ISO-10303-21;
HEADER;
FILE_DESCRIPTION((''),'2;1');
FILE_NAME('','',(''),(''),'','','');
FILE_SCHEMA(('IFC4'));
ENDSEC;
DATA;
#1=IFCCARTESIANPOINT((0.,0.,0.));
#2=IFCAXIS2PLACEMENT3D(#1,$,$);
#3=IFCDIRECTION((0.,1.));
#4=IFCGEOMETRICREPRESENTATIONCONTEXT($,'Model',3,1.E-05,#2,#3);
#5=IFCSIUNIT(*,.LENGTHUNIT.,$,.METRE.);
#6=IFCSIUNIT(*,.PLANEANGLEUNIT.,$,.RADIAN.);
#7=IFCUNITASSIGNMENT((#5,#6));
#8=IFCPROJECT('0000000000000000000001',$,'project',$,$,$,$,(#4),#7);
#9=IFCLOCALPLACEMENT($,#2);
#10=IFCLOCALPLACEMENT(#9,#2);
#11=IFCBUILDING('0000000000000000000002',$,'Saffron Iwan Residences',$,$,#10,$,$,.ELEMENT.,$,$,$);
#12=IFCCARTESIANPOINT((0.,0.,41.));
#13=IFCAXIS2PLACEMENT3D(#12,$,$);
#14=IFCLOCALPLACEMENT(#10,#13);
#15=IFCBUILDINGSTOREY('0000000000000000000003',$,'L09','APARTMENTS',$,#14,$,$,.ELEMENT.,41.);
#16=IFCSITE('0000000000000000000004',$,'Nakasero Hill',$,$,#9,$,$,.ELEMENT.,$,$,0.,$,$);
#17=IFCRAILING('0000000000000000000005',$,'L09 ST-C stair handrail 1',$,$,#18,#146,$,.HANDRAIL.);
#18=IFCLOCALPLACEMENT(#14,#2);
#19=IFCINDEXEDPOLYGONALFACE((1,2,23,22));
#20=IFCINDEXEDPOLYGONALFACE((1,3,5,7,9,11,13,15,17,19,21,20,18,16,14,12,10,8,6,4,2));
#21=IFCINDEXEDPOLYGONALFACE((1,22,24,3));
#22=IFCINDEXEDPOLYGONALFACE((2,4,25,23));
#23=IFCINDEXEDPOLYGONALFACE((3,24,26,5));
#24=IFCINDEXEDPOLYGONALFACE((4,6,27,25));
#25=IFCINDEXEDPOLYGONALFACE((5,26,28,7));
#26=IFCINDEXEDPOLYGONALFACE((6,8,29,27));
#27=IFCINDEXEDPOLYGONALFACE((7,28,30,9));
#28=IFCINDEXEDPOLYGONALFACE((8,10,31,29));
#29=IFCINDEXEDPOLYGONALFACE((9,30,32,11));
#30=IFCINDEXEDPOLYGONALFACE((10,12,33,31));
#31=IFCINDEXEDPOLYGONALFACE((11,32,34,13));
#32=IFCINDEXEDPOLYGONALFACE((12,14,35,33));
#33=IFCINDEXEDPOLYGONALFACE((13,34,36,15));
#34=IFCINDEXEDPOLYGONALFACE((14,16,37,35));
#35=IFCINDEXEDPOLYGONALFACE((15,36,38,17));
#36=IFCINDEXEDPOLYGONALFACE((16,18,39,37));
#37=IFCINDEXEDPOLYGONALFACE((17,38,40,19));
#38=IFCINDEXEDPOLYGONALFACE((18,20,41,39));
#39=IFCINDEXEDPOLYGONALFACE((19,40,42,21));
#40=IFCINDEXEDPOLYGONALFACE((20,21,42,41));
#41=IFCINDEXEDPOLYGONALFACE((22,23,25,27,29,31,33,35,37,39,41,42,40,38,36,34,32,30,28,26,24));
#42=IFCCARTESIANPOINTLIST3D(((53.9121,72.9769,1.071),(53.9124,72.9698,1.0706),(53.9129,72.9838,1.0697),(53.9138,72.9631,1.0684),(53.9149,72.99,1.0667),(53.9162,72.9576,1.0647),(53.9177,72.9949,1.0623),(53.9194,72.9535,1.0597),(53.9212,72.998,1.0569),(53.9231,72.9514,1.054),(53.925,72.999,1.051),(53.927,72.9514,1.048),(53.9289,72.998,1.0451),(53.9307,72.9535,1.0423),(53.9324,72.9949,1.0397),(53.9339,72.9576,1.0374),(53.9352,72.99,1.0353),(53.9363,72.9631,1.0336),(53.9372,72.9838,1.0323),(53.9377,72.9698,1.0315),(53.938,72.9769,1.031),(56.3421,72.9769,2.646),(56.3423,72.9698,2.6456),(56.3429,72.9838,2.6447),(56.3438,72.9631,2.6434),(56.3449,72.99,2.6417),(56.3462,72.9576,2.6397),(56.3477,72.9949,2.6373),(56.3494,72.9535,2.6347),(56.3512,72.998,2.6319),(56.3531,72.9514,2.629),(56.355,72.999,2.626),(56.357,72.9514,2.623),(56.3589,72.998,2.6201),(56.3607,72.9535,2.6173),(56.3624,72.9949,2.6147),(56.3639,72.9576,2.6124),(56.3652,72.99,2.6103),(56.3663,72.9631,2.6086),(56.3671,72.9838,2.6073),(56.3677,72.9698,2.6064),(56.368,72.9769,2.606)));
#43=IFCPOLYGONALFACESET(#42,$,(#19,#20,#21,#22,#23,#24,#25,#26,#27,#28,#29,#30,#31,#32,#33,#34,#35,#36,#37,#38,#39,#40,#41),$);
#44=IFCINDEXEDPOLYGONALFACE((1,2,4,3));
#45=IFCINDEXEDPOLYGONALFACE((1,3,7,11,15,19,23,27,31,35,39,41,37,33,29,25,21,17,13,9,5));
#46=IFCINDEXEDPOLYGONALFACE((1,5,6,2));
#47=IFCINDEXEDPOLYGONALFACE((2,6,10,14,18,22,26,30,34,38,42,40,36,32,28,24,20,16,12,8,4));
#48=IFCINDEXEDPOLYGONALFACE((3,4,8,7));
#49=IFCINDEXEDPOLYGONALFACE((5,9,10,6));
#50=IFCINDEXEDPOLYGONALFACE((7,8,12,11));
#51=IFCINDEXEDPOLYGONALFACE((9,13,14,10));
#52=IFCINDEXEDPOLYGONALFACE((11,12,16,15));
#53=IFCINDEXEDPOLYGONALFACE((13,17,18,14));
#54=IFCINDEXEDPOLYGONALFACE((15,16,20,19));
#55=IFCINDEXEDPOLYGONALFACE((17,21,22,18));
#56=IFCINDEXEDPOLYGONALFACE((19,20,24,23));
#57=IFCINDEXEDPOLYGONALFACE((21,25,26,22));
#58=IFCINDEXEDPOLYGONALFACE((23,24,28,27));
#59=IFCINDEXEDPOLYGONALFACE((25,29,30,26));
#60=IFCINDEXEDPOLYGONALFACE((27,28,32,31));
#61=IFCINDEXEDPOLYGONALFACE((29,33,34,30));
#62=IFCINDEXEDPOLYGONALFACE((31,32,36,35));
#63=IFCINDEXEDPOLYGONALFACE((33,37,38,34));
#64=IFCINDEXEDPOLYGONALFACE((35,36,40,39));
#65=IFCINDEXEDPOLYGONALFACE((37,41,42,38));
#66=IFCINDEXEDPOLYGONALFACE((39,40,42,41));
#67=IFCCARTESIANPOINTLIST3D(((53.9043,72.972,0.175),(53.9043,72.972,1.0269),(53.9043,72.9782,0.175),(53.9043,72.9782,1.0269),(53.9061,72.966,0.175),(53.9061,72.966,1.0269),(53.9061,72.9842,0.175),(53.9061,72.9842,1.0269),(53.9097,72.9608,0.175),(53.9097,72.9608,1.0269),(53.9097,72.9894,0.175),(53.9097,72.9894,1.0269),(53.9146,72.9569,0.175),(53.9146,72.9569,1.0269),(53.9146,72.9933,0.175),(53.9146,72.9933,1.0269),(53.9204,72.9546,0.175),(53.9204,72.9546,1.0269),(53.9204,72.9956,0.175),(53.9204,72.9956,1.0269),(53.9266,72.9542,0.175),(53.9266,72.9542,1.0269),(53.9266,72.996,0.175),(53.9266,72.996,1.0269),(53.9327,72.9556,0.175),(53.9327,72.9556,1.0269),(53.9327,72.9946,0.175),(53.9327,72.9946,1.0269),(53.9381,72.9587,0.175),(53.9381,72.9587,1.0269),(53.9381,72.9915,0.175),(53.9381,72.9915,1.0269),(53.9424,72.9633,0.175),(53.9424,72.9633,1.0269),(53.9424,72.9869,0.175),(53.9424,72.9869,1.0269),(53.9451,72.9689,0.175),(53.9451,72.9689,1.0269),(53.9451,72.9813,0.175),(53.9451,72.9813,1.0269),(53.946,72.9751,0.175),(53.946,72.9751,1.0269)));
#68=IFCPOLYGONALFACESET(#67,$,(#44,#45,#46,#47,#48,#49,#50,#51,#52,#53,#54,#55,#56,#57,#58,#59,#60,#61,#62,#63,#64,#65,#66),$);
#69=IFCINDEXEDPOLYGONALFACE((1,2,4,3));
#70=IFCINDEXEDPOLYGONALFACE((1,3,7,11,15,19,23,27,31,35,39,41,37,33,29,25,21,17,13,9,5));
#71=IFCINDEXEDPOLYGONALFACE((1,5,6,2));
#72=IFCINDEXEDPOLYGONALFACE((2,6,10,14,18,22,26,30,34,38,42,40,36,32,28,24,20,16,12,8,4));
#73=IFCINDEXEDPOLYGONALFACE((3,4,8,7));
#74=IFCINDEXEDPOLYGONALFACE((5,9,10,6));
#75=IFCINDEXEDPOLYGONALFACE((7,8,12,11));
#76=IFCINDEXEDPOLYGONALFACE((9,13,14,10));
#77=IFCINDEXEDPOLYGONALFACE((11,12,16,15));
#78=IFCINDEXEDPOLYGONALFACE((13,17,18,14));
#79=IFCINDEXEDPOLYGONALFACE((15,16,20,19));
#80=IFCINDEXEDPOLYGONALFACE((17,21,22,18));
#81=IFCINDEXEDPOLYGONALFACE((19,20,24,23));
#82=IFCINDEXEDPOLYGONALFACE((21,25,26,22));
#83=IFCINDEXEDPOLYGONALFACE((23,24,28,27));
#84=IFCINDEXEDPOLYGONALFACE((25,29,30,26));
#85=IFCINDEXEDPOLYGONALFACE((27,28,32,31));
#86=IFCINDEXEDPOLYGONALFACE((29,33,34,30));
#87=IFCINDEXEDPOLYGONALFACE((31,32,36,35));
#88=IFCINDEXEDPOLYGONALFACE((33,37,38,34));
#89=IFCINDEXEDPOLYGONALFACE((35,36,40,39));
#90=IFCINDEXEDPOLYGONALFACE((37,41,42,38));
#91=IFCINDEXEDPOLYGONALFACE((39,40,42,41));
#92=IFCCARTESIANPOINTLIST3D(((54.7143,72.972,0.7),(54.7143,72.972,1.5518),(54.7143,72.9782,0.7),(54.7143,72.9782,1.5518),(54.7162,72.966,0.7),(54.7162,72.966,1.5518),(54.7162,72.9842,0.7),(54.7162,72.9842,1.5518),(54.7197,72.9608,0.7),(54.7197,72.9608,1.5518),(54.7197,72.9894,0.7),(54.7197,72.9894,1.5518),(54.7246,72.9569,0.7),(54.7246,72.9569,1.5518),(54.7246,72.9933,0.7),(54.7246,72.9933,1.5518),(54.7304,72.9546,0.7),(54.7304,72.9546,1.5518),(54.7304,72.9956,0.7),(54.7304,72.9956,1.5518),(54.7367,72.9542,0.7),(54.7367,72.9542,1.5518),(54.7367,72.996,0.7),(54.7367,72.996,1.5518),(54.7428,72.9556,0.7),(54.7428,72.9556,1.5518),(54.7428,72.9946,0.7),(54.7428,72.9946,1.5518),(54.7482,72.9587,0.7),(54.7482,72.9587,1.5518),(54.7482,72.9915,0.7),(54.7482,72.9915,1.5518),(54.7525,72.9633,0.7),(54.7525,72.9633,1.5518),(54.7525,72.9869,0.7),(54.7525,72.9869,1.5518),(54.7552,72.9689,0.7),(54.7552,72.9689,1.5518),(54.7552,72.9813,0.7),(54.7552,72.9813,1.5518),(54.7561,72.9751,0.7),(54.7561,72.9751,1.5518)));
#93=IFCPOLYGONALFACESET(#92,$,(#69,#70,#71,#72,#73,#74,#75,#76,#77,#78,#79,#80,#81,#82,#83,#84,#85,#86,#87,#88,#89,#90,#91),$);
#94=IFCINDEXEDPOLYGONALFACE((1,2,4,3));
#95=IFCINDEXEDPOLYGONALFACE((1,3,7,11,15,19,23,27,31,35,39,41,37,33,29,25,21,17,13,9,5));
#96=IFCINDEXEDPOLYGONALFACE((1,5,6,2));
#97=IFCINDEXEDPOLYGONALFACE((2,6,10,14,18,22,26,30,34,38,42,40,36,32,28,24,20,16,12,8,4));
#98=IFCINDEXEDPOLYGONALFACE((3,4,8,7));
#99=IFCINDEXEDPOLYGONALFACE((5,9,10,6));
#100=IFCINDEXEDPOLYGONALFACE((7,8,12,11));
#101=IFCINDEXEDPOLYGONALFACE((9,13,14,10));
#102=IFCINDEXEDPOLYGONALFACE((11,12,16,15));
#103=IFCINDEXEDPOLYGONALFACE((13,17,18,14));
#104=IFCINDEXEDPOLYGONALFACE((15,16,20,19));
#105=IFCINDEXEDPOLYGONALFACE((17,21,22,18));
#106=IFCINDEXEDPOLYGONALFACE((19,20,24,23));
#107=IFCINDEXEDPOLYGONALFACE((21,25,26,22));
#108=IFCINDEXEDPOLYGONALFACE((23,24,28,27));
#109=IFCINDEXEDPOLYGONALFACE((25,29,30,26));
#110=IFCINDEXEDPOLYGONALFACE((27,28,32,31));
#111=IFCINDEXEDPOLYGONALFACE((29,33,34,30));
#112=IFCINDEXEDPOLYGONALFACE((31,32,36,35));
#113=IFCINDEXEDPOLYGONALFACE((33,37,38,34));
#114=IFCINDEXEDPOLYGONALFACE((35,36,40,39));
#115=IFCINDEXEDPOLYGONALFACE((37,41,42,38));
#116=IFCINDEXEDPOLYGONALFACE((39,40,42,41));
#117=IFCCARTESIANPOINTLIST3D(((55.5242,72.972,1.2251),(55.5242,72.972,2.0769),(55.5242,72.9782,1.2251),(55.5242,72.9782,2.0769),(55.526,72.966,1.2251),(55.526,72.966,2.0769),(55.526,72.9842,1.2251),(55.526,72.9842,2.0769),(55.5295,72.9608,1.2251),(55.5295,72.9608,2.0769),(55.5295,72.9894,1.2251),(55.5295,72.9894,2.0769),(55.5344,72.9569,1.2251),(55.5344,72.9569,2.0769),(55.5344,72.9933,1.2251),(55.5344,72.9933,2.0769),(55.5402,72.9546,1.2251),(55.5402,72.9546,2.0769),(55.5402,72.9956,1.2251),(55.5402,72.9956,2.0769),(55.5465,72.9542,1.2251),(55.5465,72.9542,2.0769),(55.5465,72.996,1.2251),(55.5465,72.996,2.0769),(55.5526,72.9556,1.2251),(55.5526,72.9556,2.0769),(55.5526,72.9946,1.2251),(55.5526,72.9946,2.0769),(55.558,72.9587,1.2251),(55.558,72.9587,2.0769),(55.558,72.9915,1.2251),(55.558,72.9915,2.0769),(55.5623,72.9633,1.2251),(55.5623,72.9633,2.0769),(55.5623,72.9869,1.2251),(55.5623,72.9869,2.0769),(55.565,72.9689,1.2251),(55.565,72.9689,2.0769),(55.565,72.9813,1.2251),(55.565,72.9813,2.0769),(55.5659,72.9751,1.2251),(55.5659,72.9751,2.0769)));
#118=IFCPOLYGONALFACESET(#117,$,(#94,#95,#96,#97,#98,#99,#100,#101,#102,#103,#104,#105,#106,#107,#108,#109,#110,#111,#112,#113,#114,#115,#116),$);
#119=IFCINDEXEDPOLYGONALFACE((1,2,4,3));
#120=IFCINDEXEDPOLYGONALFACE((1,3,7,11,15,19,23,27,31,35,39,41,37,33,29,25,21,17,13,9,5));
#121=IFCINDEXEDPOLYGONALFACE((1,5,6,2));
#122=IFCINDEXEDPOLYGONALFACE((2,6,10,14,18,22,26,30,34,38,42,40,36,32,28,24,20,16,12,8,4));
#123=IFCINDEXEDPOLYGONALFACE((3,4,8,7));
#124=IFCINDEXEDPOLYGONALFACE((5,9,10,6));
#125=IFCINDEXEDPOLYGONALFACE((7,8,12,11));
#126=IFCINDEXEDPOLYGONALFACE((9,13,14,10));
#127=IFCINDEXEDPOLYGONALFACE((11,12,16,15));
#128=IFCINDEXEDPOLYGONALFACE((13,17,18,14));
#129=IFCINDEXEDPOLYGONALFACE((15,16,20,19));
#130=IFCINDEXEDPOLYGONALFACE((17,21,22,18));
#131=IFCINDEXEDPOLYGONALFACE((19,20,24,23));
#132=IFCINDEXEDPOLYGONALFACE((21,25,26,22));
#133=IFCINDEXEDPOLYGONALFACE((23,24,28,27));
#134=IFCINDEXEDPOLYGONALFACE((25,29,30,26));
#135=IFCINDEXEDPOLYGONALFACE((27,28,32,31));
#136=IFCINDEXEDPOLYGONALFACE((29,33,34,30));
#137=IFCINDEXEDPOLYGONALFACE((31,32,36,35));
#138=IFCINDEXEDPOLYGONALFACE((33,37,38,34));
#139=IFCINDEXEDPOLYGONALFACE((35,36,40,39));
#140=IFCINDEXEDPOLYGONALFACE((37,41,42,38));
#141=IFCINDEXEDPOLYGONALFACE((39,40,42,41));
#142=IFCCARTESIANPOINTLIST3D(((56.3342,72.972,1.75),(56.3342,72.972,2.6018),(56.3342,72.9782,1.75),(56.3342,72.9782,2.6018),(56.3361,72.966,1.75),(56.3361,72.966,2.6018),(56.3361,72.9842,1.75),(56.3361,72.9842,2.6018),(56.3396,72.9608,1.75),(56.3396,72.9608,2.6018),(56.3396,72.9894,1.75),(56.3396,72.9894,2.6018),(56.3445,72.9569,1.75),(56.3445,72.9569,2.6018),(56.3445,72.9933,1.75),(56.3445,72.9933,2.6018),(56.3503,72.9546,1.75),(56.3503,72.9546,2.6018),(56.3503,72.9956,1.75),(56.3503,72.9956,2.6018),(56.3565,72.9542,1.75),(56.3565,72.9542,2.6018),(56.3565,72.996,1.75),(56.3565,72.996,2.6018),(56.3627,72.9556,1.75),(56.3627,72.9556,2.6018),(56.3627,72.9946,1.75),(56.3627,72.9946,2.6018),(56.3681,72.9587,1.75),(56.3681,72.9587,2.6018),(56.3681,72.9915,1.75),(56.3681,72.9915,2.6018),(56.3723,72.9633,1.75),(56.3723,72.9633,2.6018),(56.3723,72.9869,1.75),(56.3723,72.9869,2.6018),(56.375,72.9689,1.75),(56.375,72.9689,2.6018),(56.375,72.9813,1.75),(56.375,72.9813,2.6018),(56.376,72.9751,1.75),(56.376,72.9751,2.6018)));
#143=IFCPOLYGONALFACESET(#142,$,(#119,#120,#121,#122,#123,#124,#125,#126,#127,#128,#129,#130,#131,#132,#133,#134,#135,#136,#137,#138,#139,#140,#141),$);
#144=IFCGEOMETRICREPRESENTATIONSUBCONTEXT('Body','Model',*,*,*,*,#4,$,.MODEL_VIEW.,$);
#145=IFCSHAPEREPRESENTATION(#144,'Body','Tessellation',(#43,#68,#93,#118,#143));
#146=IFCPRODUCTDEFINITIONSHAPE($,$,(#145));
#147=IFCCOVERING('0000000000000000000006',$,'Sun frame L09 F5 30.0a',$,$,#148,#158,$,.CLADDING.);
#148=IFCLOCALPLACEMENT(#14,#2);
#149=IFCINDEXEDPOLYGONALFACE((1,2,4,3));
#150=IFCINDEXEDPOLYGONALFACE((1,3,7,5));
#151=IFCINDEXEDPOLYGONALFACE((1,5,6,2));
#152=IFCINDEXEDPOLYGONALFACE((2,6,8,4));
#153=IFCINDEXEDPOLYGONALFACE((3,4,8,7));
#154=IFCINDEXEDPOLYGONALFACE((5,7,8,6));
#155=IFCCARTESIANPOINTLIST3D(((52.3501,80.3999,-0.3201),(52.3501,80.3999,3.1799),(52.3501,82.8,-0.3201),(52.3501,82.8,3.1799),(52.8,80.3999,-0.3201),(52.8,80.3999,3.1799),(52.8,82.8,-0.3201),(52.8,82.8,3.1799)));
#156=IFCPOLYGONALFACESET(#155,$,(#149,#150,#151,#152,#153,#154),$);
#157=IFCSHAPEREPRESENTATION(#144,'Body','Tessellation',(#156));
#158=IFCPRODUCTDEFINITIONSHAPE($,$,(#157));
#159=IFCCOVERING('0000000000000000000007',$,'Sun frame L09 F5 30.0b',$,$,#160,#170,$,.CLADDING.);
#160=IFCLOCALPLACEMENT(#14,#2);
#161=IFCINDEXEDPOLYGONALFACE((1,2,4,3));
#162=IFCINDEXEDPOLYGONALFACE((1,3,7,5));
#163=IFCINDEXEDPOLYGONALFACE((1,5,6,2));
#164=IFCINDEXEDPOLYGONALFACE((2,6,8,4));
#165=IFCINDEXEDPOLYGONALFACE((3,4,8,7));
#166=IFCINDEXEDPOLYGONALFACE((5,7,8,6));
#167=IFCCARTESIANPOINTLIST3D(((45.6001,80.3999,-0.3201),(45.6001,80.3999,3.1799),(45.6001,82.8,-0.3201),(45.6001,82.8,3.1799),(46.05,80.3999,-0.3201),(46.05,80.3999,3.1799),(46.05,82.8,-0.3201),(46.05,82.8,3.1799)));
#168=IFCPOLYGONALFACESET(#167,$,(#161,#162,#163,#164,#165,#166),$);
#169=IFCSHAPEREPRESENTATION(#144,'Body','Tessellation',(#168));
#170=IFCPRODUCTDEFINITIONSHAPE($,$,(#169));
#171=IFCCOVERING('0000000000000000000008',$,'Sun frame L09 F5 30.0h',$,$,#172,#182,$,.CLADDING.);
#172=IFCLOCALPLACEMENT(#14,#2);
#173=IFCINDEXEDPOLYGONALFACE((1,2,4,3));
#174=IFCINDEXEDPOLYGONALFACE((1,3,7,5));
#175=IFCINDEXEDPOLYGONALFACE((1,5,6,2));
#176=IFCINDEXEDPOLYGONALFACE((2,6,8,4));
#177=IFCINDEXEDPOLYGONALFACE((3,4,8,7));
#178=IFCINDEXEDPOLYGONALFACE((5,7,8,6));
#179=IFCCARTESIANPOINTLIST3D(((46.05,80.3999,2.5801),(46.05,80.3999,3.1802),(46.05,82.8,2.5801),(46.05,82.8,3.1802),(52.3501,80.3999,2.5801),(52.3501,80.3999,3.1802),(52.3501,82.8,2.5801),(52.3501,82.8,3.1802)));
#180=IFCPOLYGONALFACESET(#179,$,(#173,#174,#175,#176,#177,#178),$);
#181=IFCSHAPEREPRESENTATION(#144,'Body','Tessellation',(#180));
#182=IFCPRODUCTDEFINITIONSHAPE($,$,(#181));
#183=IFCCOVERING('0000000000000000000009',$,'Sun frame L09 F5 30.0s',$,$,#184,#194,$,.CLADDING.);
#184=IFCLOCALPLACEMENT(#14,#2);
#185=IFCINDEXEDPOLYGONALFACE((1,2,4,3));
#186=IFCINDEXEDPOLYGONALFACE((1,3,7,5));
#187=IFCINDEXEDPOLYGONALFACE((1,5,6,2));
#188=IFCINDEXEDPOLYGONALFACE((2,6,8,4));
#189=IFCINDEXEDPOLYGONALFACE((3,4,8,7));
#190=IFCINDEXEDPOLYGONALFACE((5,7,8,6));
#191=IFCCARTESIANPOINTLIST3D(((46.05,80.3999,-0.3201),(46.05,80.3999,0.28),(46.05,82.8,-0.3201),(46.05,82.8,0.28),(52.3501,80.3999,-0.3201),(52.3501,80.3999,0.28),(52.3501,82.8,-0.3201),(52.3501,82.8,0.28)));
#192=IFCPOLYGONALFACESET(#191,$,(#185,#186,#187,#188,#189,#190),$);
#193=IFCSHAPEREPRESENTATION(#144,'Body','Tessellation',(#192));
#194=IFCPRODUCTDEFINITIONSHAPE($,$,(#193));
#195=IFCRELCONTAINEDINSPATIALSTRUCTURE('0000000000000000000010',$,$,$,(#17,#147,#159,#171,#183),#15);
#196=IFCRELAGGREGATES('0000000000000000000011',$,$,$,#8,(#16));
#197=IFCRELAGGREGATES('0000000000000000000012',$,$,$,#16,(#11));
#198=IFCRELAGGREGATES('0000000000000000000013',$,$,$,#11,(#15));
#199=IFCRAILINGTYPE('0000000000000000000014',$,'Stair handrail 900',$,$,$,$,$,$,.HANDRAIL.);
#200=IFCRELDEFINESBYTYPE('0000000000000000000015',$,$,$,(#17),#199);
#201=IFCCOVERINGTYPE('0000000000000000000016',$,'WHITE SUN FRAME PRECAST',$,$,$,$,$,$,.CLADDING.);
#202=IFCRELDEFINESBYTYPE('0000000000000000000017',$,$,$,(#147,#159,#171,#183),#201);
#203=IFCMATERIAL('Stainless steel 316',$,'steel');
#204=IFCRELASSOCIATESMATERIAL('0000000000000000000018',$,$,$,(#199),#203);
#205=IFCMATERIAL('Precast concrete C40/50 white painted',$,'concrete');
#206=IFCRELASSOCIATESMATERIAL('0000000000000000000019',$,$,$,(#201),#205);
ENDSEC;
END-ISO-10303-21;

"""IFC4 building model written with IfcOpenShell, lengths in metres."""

from ifc_helpers import new_model, si_unit, direction, frame, origin, origin_2d, place, context, subcontext, project, spatial, polyline, circle, outline, extrude, material, type_object, element, save


model = new_model("IFC4")

# Units and contexts
model_context = context("Model", 3, precision=1e-05, world=origin(), true_north=direction((0.0, 1.0)))
body_context = subcontext(model_context, "Body", "Model", "MODEL_VIEW")
ifc_project = project(units=[si_unit("LENGTHUNIT", "METRE"), si_unit("PLANEANGLEUNIT", "RADIAN")], contexts=[model_context])

# Site, building, storey
site_placement = place(None, origin())
site = spatial("IfcSite", under=ifc_project, at=site_placement, Name="Nakasero Hill", CompositionType="ELEMENT", RefElevation=0.0)
building_placement = place(site_placement, origin())
building = spatial("IfcBuilding", under=site, at=building_placement, Name="Saffron Iwan Residences", CompositionType="ELEMENT")
storey_placement = place(building_placement, frame((0.0, 0.0, 41.0)))
storey = spatial("IfcBuildingStorey", under=building, at=storey_placement, Name="L09", Description="APARTMENTS", CompositionType="ELEMENT", Elevation=41.0)

# Railing
ifc_material_1 = material(Name="Stainless steel 316", Category="steel")
railing_type_1 = type_object("IfcRailingType", Name="Stair handrail 900", PredefinedType="HANDRAIL", material=ifc_material_1)
railing_1_placement = place(storey_placement, frame((53.925, 72.9751, 0.175)))
element("IfcRailing", 1, at=railing_1_placement, inside=storey, type_object=railing_type_1, Name="L09 ST-C stair handrail 1", PredefinedType="HANDRAIL", context=body_context, shape_type="SweptSolid", body=[
    extrude(circle(Radius=0.0239, at=origin_2d()), frame((0.0, 0.0, 0.876), z_axis=(0.839154, 0.0, 0.543894), x_axis=(0.0, 1.0, 0.0)), (0.0, 0.0, 1.0), 2.8958),
    extrude(circle(Radius=0.021, at=origin_2d()), origin(), (0.0, 0.0, 1.0), 0.8518),
    extrude(circle(Radius=0.021, at=origin_2d()), frame((0.8101, 0.0, 0.5249)), (0.0, 0.0, 1.0), 0.8518),
    extrude(circle(Radius=0.021, at=origin_2d()), frame((1.6199, 0.0, 1.05)), (0.0, 0.0, 1.0), 0.8518),
    extrude(circle(Radius=0.021, at=origin_2d()), frame((2.4299, 0.0, 1.575)), (0.0, 0.0, 1.0), 0.8518),
])

# Coverings
ifc_material_2 = material(Name="Precast concrete C40/50 white painted", Category="concrete")
covering_type_1 = type_object("IfcCoveringType", Name="WHITE SUN FRAME PRECAST", PredefinedType="CLADDING", material=ifc_material_2)
for number, where, z_axis, x_axis, name in (
    (2, (52.8, 80.3999, -0.3201), (0.0, 1.0, 0.0), (-1.0, 0.0, 0.0), "Sun frame L09 F5 30.0a"),
    (3, (46.05, 80.3999, -0.3201), (0.0, 1.0, 0.0), (-1.0, 0.0, 0.0), "Sun frame L09 F5 30.0b"),
):
    element("IfcCovering", number, at=place(storey_placement, frame(where, z_axis=z_axis, x_axis=x_axis)), inside=storey, type_object=covering_type_1, Name=name, PredefinedType="CLADDING", context=body_context, shape_type="SweptSolid", body=[
        extrude(outline(polyline([(0.0, 0.0), (0.45, 0.0), (0.45, 3.5), (0.0, 3.5), (0.0, 0.0)])), origin(), (0.0, 0.0, 1.0), 2.4001),
    ])
for number, where, z_axis, x_axis, name in (
    (4, (52.3501, 80.3999, 2.5801), (0.0, 1.0, 0.0), (-1.0, 0.0, 0.0), "Sun frame L09 F5 30.0h"),
    (5, (52.3501, 80.3999, -0.3201), (0.0, 1.0, 0.0), (-1.0, 0.0, 0.0), "Sun frame L09 F5 30.0s"),
):
    element("IfcCovering", number, at=place(storey_placement, frame(where, z_axis=z_axis, x_axis=x_axis)), inside=storey, type_object=covering_type_1, Name=name, PredefinedType="CLADDING", context=body_context, shape_type="SweptSolid", body=[
        extrude(outline(polyline([(0.0, 0.0), (6.3, 0.0), (6.3, 0.6001), (0.0, 0.6001), (0.0, 0.0)])), origin(), (0.0, 0.0, 1.0), 2.4001),
    ])

save(model, "model.ifc")
